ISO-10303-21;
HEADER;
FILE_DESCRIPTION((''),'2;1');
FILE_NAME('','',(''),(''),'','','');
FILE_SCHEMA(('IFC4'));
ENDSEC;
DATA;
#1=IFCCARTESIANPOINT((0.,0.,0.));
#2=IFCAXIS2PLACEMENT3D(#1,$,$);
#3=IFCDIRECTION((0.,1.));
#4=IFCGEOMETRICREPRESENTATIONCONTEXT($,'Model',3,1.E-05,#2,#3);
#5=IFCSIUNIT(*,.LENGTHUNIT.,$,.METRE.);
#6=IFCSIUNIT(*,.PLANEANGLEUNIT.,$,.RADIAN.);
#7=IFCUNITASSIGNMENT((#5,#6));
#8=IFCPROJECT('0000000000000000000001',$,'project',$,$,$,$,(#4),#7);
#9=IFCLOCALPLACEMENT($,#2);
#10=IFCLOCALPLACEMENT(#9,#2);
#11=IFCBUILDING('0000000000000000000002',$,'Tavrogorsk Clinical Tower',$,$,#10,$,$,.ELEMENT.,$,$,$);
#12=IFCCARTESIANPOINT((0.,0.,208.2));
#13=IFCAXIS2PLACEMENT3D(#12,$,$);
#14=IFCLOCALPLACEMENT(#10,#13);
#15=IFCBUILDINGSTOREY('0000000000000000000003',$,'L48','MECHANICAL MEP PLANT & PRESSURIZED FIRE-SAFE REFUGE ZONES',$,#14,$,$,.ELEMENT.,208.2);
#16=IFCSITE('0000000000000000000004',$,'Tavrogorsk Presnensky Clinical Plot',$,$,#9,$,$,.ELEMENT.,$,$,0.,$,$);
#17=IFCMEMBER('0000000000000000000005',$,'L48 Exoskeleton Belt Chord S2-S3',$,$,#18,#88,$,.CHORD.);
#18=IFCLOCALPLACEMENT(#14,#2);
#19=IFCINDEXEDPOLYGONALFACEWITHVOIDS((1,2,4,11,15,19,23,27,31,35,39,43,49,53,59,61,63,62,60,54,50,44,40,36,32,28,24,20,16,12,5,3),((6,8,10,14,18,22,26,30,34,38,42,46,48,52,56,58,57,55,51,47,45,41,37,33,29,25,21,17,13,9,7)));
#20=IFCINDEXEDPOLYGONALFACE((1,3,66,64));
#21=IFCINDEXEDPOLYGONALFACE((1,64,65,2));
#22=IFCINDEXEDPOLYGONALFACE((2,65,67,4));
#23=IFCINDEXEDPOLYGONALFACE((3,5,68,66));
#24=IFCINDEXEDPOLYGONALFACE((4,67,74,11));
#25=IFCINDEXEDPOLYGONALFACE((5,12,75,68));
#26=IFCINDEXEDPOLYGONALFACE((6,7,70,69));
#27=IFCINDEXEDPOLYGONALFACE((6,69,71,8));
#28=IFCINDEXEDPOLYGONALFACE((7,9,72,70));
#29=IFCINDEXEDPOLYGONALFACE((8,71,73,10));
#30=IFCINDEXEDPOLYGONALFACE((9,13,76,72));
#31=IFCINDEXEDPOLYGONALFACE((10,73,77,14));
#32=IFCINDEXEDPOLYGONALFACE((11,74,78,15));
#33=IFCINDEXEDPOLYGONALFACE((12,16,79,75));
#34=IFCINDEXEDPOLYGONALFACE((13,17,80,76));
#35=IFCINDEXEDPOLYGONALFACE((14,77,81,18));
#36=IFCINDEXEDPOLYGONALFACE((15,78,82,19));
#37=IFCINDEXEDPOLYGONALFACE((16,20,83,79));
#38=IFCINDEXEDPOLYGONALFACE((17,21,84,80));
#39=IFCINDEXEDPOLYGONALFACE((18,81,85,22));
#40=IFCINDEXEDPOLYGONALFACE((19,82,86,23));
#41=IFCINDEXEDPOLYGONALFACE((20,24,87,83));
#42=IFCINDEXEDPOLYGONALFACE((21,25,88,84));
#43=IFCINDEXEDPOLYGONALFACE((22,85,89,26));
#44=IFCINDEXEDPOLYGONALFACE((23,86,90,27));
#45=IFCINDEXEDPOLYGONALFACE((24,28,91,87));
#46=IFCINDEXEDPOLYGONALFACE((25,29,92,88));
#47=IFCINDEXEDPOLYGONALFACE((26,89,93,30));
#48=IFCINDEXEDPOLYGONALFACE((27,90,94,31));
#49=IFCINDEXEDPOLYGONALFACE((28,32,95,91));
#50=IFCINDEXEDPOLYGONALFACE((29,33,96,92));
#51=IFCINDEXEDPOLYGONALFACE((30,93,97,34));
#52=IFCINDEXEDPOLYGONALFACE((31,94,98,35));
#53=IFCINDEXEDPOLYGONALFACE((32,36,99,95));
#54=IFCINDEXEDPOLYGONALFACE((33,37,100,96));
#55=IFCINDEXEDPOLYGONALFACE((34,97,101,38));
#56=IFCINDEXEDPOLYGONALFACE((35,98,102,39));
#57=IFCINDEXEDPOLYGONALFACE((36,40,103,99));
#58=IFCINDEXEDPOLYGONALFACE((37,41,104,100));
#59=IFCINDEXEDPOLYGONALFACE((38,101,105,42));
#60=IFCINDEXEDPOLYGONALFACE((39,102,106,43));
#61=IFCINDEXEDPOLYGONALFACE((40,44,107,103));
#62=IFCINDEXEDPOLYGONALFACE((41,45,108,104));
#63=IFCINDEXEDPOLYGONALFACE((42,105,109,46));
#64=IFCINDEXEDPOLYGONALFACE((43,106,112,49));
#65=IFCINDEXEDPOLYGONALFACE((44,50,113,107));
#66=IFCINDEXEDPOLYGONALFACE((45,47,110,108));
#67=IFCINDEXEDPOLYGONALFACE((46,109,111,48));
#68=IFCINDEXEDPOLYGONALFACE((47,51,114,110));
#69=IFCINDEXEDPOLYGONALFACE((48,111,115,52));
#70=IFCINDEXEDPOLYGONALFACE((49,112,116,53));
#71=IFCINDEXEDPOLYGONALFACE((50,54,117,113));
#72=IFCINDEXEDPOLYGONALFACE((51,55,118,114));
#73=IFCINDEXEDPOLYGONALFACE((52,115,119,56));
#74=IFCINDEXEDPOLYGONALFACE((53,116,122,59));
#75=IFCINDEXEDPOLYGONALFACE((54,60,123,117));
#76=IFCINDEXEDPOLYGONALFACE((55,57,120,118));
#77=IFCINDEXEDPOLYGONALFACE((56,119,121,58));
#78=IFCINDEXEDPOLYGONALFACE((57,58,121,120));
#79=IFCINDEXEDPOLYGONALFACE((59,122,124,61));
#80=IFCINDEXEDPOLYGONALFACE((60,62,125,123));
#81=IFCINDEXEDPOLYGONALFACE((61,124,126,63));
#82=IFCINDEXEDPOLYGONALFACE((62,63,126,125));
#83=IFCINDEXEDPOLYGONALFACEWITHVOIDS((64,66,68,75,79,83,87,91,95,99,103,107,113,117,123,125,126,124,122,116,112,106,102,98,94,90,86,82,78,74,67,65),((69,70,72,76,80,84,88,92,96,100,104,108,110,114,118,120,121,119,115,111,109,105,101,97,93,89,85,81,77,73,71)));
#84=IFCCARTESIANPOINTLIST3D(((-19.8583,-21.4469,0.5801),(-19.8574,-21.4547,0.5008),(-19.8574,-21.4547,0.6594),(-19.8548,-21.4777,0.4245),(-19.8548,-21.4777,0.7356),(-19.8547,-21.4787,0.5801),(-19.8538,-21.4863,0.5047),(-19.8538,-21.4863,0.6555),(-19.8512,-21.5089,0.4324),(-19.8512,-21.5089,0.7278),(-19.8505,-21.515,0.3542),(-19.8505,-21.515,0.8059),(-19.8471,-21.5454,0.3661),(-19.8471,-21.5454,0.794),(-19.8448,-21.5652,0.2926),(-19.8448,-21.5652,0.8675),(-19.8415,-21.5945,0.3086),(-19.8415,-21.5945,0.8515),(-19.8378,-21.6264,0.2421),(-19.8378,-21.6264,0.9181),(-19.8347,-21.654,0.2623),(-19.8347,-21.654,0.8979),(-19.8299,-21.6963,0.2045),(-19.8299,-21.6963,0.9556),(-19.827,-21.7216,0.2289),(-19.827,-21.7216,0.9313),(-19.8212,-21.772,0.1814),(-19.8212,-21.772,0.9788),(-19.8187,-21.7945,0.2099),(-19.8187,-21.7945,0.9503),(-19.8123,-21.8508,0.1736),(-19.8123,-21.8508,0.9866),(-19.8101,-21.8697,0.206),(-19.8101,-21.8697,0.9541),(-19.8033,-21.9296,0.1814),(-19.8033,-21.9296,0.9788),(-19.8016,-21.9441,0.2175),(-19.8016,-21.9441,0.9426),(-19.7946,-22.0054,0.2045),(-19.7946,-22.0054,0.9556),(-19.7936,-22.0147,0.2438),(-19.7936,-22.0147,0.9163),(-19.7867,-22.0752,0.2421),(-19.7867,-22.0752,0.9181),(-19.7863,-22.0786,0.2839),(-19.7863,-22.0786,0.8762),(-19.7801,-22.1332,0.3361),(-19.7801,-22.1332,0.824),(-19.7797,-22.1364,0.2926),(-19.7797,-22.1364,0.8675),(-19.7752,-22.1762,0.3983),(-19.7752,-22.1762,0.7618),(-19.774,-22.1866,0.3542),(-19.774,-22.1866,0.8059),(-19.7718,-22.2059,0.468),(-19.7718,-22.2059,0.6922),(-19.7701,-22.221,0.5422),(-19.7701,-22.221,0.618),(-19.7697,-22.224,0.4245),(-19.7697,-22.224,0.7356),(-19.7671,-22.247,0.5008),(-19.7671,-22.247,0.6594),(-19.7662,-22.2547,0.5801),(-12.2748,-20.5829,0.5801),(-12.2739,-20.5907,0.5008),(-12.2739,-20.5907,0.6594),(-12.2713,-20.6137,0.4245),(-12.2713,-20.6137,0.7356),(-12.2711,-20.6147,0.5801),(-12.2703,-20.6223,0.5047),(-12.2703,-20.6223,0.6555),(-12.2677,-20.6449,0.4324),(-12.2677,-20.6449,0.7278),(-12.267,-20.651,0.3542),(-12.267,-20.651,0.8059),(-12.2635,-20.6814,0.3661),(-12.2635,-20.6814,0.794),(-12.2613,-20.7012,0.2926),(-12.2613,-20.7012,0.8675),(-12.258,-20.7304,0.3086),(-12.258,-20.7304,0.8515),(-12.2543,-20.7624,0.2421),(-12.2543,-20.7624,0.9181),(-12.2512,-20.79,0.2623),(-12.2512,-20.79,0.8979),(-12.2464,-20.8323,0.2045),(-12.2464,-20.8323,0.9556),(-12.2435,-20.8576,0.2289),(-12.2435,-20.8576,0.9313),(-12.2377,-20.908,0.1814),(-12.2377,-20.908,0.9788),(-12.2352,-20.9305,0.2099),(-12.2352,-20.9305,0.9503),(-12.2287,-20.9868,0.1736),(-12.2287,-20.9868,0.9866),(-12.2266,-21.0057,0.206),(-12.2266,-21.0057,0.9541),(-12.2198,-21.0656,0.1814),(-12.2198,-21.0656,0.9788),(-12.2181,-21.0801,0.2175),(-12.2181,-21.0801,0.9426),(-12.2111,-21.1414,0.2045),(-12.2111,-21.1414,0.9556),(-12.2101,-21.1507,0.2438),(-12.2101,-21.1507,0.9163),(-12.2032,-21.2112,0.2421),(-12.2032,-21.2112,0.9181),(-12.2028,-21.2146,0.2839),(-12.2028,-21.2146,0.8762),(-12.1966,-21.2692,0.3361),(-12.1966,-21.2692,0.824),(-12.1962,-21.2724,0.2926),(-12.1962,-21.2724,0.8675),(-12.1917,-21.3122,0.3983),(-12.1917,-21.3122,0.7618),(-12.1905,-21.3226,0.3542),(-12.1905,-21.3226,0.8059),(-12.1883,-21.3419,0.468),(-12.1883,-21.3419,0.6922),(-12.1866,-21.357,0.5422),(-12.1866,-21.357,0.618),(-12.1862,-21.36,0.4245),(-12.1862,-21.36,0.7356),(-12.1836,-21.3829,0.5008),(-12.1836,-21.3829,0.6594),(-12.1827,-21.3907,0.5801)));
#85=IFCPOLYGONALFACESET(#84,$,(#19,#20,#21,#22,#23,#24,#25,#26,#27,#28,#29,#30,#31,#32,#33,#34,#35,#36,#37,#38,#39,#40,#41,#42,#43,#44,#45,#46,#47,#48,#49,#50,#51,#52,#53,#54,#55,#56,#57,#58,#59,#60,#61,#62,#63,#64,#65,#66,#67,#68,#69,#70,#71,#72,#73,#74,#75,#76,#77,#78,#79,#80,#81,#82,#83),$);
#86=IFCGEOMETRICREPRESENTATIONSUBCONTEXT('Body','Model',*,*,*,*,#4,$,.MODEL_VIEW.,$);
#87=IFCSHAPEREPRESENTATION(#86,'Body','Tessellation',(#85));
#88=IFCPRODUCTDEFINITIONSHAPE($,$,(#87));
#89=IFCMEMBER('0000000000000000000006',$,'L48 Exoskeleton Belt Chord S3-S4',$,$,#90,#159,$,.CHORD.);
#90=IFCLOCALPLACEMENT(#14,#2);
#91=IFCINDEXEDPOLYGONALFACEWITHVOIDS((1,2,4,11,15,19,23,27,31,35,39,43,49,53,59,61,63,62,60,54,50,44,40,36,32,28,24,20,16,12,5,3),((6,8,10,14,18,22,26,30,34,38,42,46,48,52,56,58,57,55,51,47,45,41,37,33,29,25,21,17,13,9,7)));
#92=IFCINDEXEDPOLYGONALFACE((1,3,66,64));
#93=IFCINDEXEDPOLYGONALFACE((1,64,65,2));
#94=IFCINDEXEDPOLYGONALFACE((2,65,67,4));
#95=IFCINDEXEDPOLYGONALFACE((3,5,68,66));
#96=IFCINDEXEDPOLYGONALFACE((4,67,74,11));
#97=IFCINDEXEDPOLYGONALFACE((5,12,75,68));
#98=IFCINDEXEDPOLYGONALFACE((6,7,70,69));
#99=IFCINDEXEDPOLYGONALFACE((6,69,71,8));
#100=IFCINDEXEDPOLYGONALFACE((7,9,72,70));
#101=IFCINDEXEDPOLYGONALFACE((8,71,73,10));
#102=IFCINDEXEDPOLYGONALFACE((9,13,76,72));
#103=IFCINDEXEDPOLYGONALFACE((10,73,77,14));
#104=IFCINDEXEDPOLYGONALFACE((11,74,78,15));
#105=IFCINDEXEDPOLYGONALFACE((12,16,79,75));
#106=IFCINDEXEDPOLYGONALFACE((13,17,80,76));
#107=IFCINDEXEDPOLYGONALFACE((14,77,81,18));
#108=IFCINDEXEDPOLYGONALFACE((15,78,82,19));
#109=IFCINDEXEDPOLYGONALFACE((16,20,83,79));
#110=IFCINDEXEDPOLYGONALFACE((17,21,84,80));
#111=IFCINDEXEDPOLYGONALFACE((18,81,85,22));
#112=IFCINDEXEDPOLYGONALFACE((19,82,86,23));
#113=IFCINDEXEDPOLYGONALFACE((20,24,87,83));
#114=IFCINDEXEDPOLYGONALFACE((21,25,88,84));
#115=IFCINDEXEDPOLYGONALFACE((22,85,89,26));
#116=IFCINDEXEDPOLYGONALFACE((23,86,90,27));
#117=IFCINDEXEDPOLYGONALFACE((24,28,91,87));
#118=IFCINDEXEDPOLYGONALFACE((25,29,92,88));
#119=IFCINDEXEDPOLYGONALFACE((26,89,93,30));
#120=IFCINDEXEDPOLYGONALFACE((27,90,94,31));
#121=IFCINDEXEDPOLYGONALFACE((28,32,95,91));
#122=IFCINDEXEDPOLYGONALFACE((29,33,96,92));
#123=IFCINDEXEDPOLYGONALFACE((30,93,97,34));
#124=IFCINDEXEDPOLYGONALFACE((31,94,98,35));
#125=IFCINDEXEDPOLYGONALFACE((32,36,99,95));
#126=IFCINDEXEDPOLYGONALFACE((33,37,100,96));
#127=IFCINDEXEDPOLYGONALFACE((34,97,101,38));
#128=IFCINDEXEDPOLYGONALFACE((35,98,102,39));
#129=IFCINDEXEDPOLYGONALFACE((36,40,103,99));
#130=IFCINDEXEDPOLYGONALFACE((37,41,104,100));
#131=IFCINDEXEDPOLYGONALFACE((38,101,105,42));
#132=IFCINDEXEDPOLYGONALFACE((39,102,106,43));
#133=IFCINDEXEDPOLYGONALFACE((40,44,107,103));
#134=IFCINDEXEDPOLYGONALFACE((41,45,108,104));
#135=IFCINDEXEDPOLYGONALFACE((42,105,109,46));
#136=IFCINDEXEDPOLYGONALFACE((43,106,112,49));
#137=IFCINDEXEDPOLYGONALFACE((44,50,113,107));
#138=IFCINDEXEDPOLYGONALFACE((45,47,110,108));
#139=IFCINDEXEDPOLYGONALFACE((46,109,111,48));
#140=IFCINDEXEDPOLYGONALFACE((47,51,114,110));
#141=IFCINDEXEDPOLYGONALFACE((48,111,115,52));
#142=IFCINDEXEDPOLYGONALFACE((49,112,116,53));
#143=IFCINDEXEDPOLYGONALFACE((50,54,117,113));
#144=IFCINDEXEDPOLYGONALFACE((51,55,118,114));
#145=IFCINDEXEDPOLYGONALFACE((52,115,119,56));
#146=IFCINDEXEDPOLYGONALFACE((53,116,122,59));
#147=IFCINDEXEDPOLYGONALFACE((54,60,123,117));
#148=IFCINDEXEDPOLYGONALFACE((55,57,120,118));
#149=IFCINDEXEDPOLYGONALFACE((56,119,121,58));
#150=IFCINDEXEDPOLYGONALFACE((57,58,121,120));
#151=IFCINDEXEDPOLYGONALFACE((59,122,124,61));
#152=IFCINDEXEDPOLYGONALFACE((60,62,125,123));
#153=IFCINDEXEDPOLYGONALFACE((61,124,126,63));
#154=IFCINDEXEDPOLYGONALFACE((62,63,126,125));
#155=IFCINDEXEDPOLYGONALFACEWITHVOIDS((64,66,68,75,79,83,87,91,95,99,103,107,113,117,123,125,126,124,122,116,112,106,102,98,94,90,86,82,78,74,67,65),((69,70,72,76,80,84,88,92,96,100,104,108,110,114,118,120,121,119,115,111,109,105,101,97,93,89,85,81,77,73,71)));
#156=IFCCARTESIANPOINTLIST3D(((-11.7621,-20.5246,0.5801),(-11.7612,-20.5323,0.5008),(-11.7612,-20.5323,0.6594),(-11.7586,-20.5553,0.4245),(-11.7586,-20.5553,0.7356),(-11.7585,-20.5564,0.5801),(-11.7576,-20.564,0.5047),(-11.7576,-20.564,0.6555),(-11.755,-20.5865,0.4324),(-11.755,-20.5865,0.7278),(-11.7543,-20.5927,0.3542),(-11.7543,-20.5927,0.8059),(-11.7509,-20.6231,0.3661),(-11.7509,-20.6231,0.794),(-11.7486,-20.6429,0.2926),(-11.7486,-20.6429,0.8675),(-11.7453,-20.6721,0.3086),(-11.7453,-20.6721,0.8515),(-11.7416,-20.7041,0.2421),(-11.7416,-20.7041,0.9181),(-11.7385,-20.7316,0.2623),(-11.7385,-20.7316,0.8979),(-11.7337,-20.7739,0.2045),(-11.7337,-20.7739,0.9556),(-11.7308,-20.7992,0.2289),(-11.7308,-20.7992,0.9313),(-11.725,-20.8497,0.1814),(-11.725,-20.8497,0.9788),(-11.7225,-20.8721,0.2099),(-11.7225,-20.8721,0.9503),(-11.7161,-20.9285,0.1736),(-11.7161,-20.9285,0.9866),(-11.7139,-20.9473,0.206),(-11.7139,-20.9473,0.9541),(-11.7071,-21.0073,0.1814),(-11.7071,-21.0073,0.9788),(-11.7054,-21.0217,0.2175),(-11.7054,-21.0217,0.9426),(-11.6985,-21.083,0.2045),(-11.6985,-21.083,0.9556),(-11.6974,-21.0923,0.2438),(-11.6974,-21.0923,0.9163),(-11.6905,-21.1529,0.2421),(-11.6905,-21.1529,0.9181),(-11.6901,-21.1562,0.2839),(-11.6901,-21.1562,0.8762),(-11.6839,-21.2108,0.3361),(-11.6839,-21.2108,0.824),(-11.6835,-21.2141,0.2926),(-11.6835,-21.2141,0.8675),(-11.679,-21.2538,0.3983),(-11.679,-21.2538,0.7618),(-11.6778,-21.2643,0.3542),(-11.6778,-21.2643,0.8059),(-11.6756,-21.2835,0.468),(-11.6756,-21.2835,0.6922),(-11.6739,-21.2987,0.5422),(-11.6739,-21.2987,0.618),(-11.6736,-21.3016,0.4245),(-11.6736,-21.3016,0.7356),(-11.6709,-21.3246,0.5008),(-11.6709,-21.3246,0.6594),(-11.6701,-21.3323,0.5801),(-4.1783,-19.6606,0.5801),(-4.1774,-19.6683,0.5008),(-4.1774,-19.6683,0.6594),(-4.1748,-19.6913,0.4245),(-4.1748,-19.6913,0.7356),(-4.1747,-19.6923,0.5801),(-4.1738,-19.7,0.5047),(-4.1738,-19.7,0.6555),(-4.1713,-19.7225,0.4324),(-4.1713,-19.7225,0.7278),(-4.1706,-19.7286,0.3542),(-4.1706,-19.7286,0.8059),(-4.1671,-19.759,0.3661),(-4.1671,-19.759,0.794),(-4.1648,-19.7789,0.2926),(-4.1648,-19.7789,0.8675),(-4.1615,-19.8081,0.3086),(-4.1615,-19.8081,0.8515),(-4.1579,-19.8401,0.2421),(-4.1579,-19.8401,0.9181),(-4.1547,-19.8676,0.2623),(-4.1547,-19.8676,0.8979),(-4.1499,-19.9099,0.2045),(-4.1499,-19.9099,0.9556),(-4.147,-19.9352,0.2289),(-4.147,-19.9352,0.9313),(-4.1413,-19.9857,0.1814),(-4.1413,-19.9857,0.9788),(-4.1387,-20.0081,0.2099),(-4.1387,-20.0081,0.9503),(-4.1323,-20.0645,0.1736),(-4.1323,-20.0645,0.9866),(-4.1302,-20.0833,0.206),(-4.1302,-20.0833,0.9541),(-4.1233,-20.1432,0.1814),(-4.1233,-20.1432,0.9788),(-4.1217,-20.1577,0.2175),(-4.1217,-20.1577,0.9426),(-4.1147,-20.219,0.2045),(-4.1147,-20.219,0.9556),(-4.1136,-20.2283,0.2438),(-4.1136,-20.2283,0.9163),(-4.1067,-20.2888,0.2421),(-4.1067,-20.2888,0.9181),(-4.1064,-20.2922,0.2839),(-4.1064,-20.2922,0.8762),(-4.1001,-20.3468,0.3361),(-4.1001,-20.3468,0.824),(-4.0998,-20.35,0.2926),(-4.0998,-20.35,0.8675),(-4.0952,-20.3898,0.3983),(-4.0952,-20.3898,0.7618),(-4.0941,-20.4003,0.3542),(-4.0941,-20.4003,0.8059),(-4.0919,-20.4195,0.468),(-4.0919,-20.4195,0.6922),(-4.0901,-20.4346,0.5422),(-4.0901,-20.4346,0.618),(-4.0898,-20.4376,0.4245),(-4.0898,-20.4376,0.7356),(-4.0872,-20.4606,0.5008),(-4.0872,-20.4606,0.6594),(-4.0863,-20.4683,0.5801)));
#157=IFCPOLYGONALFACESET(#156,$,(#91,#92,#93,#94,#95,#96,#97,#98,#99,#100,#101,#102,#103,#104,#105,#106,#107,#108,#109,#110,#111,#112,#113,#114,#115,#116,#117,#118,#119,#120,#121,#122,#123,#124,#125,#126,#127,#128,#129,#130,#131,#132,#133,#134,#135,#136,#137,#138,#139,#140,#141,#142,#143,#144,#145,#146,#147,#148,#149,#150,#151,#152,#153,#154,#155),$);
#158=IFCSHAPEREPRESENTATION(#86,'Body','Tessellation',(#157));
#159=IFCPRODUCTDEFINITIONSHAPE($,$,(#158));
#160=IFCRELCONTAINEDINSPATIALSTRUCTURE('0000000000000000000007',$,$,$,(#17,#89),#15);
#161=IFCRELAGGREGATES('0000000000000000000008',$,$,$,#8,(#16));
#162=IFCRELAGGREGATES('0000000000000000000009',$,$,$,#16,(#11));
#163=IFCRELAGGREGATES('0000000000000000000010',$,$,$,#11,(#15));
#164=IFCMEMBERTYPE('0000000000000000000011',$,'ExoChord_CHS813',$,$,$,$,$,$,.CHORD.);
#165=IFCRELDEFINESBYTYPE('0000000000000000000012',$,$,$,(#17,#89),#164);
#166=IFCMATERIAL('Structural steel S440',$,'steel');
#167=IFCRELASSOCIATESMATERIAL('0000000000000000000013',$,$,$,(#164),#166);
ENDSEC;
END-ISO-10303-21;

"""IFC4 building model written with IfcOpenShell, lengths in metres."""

from ifc_helpers import new_model, si_unit, direction, frame, origin, origin_2d, place, context, subcontext, project, spatial, hollow_circle, extrude, material, material_profile, profile_set, type_object, element, save


model = new_model("IFC4")

# Units and contexts
model_context = context("Model", 3, precision=1e-05, world=origin(), true_north=direction((0.0, 1.0)))
body_context = subcontext(model_context, "Body", "Model", "MODEL_VIEW")
ifc_project = project(units=[si_unit("LENGTHUNIT", "METRE"), si_unit("PLANEANGLEUNIT", "RADIAN")], contexts=[model_context])

# Site, building, storey
site_placement = place(None, origin())
site = spatial("IfcSite", under=ifc_project, at=site_placement, Name="Tavrogorsk Presnensky Clinical Plot", CompositionType="ELEMENT", RefElevation=0.0)
building_placement = place(site_placement, origin())
building = spatial("IfcBuilding", under=site, at=building_placement, Name="Tavrogorsk Clinical Tower", CompositionType="ELEMENT")
storey_placement = place(building_placement, frame((0.0, 0.0, 208.2)))
storey = spatial("IfcBuildingStorey", under=building, at=storey_placement, Name="L48", Description="MECHANICAL MEP PLANT & PRESSURIZED FIRE-SAFE REFUGE ZONES", CompositionType="ELEMENT", Elevation=208.2)

# Members
ifc_material_1 = material(Name="Structural steel S440", Category="steel")
ifc_material_profile_1 = material_profile(ifc_material_1, hollow_circle(Radius=0.4065, WallThickness=0.032, at=origin_2d()), Name="CHS-813x32")
ifc_profile_set_1 = profile_set([ifc_material_profile_1], Name="Structural steel S440")
member_type_1 = type_object("IfcMemberType", Name="ExoChord_CHS813", PredefinedType="CHORD", material=ifc_profile_set_1)
member_1_placement = place(storey_placement, frame((-19.8123, -21.8508, 0.5801), z_axis=(0.993572, 0.113201, 0.0), x_axis=(-0.113201, 0.993572, 0.0)))
element("IfcMember", 1, at=member_1_placement, inside=storey, type_object=member_type_1, Name="L48 Exoskeleton Belt Chord S2-S3", PredefinedType="CHORD", context=body_context, shape_type="SweptSolid", body=[
    extrude(hollow_circle(Radius=0.4065, WallThickness=0.032, at=origin_2d()), origin(), (0.0, 0.0, 1.0), 7.6326),
])
for number, where, z_axis, x_axis, name in (
    (2, (-11.7161, -20.9285, 0.5801), (0.993573, 0.113197, 0.0), (-0.113197, 0.993573, 0.0), "L48 Exoskeleton Belt Chord S3-S4"),
):
    element("IfcMember", number, at=place(storey_placement, frame(where, z_axis=z_axis, x_axis=x_axis)), inside=storey, type_object=member_type_1, Name=name, PredefinedType="CHORD", context=body_context, shape_type="SweptSolid", body=[
        extrude(hollow_circle(Radius=0.4065, WallThickness=0.032, at=origin_2d()), origin(), (0.0, 0.0, 1.0), 7.6328),
    ])

save(model, "model.ifc")
